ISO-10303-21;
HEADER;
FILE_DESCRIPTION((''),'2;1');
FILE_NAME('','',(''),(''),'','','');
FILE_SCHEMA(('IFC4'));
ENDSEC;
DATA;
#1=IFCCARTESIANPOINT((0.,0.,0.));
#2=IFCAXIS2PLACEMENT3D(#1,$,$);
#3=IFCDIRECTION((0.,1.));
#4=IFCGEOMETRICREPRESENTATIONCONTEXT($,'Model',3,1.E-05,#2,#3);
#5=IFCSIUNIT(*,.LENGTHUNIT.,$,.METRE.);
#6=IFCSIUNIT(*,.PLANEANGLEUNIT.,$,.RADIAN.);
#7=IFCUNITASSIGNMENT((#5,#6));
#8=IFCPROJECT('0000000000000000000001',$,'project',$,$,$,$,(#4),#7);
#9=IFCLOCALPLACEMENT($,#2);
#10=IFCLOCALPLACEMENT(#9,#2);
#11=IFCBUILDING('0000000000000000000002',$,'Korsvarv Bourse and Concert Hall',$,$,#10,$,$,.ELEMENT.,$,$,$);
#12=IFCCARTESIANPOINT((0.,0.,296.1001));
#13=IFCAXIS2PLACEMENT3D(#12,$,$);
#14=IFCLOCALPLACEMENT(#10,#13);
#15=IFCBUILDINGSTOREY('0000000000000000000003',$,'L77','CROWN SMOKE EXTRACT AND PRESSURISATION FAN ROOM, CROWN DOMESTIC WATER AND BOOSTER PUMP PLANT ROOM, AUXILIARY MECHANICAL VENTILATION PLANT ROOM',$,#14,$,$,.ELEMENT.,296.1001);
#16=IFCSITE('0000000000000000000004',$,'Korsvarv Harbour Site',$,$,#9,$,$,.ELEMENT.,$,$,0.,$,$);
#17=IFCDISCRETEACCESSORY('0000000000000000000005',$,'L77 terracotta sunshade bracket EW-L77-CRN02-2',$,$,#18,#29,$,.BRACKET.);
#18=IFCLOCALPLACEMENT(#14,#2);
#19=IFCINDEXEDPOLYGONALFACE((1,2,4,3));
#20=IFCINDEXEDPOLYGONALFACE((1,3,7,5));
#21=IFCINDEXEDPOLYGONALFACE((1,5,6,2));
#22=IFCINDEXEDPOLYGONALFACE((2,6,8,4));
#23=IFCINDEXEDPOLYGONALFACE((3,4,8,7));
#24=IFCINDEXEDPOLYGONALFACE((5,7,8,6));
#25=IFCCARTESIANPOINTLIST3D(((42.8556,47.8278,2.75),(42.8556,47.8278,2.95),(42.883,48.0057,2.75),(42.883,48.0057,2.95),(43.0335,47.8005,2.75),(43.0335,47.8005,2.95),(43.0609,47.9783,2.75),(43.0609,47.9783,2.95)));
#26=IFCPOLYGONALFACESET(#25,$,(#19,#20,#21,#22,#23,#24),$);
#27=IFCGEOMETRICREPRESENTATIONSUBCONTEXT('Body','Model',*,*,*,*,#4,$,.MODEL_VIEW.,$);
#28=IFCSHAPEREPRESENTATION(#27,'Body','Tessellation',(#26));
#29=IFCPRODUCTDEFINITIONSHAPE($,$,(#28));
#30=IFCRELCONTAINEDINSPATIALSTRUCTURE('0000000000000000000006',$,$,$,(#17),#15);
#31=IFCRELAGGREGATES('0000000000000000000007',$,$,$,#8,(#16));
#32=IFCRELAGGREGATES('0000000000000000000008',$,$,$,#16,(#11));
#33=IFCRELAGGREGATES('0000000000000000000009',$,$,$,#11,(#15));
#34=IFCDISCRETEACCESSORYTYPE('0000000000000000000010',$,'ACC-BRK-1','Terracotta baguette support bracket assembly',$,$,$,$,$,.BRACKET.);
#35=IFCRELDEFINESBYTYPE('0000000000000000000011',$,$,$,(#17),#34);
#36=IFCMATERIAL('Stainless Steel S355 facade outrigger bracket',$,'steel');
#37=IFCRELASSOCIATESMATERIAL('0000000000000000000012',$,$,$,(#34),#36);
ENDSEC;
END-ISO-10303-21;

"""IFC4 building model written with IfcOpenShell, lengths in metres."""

from ifc_helpers import new_model, si_unit, direction, frame, origin, origin_2d, place, context, subcontext, project, spatial, rectangle, extrude, source, transform, mapped, material, type_object, element, save


model = new_model("IFC4")

# Units and contexts
model_context = context("Model", 3, precision=1e-05, world=origin(), true_north=direction((0.0, 1.0)))
body_context = subcontext(model_context, "Body", "Model", "MODEL_VIEW")
ifc_project = project(units=[si_unit("LENGTHUNIT", "METRE"), si_unit("PLANEANGLEUNIT", "RADIAN")], contexts=[model_context])

# Site, building, storey
site_placement = place(None, origin())
site = spatial("IfcSite", under=ifc_project, at=site_placement, Name="Korsvarv Harbour Site", CompositionType="ELEMENT", RefElevation=0.0)
building_placement = place(site_placement, origin())
building = spatial("IfcBuilding", under=site, at=building_placement, Name="Korsvarv Bourse and Concert Hall", CompositionType="ELEMENT")
storey_placement = place(building_placement, frame((0.0, 0.0, 296.1001)))
storey = spatial("IfcBuildingStorey", under=building, at=storey_placement, Name="L77", Description="CROWN SMOKE EXTRACT AND PRESSURISATION FAN ROOM, CROWN DOMESTIC WATER AND BOOSTER PUMP PLANT ROOM, AUXILIARY MECHANICAL VENTILATION PLANT ROOM", CompositionType="ELEMENT", Elevation=296.1001)

# Discrete accessory
ifc_material_1 = material(Name="Stainless Steel S355 facade outrigger bracket", Category="steel")
discrete_accessory_type = type_object("IfcDiscreteAccessoryType", Name="ACC-BRK-1", Description="Terracotta baguette support bracket assembly", PredefinedType="BRACKET", material=ifc_material_1)
shared_shape_1 = source(origin(), body_context, "Body", "SweptSolid", [
    extrude(rectangle(XDim=0.1799, YDim=0.1799, at=origin_2d()), origin(), (0.0, 0.0, 1.0), 0.2),
])
discrete_accessory_placement = place(storey_placement, frame((42.9583, 47.9031, 2.75), z_axis=(0.0, 0.0, 1.0), x_axis=(-0.988362, 0.152123, 0.0)))
element("IfcDiscreteAccessory", 1, at=discrete_accessory_placement, inside=storey, type_object=discrete_accessory_type, Name="L77 terracotta sunshade bracket EW-L77-CRN02-2", PredefinedType="BRACKET", context=body_context, shape_type="MappedRepresentation", body=[
    mapped(shared_shape_1, transform((0.0, 0.0, 0.0), scale=1.0)),
])

save(model, "model.ifc")
